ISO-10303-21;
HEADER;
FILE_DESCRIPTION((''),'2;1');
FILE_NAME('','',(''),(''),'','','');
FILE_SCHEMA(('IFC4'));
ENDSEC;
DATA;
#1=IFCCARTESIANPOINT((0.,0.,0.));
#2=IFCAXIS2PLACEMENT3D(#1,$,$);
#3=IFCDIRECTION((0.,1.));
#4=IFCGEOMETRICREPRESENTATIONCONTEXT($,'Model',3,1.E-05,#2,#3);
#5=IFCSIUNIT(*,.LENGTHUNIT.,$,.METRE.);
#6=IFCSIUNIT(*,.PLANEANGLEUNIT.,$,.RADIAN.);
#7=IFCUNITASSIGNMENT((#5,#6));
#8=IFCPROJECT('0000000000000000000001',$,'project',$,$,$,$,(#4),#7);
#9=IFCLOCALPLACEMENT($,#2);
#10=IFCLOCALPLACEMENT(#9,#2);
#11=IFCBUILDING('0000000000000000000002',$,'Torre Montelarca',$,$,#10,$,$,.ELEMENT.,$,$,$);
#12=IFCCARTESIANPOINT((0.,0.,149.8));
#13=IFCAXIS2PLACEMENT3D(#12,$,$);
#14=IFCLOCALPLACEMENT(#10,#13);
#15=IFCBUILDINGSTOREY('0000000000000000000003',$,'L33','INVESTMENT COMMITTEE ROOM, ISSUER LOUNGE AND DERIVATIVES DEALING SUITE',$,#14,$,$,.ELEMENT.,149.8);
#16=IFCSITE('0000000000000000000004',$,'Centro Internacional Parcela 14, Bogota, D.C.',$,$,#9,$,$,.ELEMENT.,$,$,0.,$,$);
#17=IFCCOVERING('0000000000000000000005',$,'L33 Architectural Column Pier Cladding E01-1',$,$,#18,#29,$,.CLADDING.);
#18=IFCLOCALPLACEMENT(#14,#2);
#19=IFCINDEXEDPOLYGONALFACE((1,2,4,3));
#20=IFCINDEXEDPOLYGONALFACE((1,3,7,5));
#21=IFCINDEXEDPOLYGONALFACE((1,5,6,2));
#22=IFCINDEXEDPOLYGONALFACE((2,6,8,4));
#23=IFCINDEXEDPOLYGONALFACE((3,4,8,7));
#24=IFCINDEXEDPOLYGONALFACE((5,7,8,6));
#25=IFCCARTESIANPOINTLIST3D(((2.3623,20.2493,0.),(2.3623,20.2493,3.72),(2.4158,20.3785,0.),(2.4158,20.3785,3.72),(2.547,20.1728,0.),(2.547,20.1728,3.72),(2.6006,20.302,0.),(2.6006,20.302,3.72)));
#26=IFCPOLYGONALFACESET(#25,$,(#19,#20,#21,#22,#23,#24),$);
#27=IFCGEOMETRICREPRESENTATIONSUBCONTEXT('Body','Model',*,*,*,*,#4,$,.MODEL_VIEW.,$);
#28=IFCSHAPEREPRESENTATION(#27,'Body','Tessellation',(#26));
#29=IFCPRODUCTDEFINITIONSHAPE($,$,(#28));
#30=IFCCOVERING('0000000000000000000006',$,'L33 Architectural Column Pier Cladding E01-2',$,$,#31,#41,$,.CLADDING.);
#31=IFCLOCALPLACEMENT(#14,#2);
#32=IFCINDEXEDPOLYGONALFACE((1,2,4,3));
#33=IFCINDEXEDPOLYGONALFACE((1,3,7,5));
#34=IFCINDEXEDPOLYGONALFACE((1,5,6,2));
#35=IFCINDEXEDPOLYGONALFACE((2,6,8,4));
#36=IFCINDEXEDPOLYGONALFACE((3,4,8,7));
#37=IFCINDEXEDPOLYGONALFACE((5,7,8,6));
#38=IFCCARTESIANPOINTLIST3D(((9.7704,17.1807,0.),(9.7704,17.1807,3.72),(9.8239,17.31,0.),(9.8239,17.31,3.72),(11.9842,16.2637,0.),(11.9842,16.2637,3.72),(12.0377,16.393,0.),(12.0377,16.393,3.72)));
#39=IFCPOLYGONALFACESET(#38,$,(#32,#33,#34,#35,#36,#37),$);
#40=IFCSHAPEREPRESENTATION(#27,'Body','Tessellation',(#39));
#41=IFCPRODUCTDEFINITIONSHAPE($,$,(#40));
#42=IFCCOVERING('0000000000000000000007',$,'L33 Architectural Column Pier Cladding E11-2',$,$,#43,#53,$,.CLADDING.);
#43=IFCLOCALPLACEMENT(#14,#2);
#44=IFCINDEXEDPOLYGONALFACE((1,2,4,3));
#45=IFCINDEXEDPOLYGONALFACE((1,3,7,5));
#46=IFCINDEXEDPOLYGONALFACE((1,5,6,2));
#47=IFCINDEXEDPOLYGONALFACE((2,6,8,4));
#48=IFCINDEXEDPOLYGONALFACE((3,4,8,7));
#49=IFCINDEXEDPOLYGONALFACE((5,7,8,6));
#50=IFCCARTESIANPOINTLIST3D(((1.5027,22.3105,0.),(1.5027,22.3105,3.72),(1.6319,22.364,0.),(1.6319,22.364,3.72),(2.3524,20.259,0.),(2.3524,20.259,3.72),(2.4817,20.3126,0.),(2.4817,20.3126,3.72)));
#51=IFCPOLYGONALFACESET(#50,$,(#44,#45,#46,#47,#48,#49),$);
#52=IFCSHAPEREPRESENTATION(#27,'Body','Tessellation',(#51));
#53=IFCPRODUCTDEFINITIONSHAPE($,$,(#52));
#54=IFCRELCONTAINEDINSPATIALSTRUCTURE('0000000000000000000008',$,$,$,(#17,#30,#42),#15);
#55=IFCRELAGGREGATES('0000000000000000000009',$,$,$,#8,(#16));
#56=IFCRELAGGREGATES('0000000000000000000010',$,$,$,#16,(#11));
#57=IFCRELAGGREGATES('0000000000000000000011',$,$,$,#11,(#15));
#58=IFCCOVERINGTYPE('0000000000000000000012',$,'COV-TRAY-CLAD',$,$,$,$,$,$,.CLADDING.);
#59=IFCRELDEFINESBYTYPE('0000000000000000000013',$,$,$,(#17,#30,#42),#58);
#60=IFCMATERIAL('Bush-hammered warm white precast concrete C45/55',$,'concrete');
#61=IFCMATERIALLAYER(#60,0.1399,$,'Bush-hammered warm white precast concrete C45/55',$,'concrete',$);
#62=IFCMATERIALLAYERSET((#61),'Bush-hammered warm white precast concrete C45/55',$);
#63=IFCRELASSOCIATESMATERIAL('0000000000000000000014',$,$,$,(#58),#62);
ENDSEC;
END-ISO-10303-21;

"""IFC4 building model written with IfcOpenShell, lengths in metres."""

from ifc_helpers import new_model, si_unit, direction, frame, origin, origin_2d, place, context, subcontext, project, spatial, rectangle, extrude, source, transform, mapped, material, layer, layer_set, type_object, element, save


model = new_model("IFC4")

# Units and contexts
model_context = context("Model", 3, precision=1e-05, world=origin(), true_north=direction((0.0, 1.0)))
body_context = subcontext(model_context, "Body", "Model", "MODEL_VIEW")
ifc_project = project(units=[si_unit("LENGTHUNIT", "METRE"), si_unit("PLANEANGLEUNIT", "RADIAN")], contexts=[model_context])

# Site, building, storey
site_placement = place(None, origin())
site = spatial("IfcSite", under=ifc_project, at=site_placement, Name="Centro Internacional Parcela 14, Bogota, D.C.", CompositionType="ELEMENT", RefElevation=0.0)
building_placement = place(site_placement, origin())
building = spatial("IfcBuilding", under=site, at=building_placement, Name="Torre Montelarca", CompositionType="ELEMENT")
storey_placement = place(building_placement, frame((0.0, 0.0, 149.8)))
storey = spatial("IfcBuildingStorey", under=building, at=storey_placement, Name="L33", Description="INVESTMENT COMMITTEE ROOM, ISSUER LOUNGE AND DERIVATIVES DEALING SUITE", CompositionType="ELEMENT", Elevation=149.8)

# Coverings
ifc_material_1 = material(Name="Bush-hammered warm white precast concrete C45/55", Category="concrete")
ifc_layer_1 = layer(ifc_material_1, 0.1399, Name="Bush-hammered warm white precast concrete C45/55", Category="concrete")
ifc_layer_set_1 = layer_set([ifc_layer_1], Name="Bush-hammered warm white precast concrete C45/55")
covering_type = type_object("IfcCoveringType", Name="COV-TRAY-CLAD", PredefinedType="CLADDING", material=ifc_layer_set_1)
shared_shape_1 = source(origin(), body_context, "Body", "SweptSolid", [
    extrude(rectangle(XDim=0.2, YDim=0.1399, at=origin_2d()), origin(), (0.0, 0.0, 1.0), 3.72),
])
covering_1_placement = place(storey_placement, frame((2.4814, 20.2756, 0.0), z_axis=(0.0, 0.0, 1.0), x_axis=(0.923878, -0.382687, 0.0)))
element("IfcCovering", 1, at=covering_1_placement, inside=storey, type_object=covering_type, Name="L33 Architectural Column Pier Cladding E01-1", PredefinedType="CLADDING", context=body_context, shape_type="MappedRepresentation", body=[
    mapped(shared_shape_1, transform((0.0, 0.0, 0.0), scale=1.0)),
])
shared_shape_2 = source(origin(), body_context, "Body", "SweptSolid", [
    extrude(rectangle(XDim=2.3962, YDim=0.1399, at=origin_2d()), origin(), (0.0, 0.0, 1.0), 3.72),
])
covering_2_placement = place(storey_placement, frame((10.9041, 16.7869, 0.0), z_axis=(0.0, 0.0, 1.0), x_axis=(0.923878, -0.382687, 0.0)))
element("IfcCovering", 2, at=covering_2_placement, inside=storey, type_object=covering_type, Name="L33 Architectural Column Pier Cladding E01-2", PredefinedType="CLADDING", context=body_context, shape_type="MappedRepresentation", body=[
    mapped(shared_shape_2, transform((0.0, 0.0, 0.0), scale=1.0)),
])
shared_shape_3 = source(origin(), body_context, "Body", "SweptSolid", [
    extrude(rectangle(XDim=2.2205, YDim=0.1399, at=origin_2d()), origin(), (0.0, 0.0, 1.0), 3.72),
])
covering_3_placement = place(storey_placement, frame((1.9922, 21.3115, 0.0), z_axis=(0.0, 0.0, 1.0), x_axis=(0.382688, -0.923878, 0.0)))
element("IfcCovering", 3, at=covering_3_placement, inside=storey, type_object=covering_type, Name="L33 Architectural Column Pier Cladding E11-2", PredefinedType="CLADDING", context=body_context, shape_type="MappedRepresentation", body=[
    mapped(shared_shape_3, transform((0.0, 0.0, 0.0), scale=1.0)),
])

save(model, "model.ifc")
